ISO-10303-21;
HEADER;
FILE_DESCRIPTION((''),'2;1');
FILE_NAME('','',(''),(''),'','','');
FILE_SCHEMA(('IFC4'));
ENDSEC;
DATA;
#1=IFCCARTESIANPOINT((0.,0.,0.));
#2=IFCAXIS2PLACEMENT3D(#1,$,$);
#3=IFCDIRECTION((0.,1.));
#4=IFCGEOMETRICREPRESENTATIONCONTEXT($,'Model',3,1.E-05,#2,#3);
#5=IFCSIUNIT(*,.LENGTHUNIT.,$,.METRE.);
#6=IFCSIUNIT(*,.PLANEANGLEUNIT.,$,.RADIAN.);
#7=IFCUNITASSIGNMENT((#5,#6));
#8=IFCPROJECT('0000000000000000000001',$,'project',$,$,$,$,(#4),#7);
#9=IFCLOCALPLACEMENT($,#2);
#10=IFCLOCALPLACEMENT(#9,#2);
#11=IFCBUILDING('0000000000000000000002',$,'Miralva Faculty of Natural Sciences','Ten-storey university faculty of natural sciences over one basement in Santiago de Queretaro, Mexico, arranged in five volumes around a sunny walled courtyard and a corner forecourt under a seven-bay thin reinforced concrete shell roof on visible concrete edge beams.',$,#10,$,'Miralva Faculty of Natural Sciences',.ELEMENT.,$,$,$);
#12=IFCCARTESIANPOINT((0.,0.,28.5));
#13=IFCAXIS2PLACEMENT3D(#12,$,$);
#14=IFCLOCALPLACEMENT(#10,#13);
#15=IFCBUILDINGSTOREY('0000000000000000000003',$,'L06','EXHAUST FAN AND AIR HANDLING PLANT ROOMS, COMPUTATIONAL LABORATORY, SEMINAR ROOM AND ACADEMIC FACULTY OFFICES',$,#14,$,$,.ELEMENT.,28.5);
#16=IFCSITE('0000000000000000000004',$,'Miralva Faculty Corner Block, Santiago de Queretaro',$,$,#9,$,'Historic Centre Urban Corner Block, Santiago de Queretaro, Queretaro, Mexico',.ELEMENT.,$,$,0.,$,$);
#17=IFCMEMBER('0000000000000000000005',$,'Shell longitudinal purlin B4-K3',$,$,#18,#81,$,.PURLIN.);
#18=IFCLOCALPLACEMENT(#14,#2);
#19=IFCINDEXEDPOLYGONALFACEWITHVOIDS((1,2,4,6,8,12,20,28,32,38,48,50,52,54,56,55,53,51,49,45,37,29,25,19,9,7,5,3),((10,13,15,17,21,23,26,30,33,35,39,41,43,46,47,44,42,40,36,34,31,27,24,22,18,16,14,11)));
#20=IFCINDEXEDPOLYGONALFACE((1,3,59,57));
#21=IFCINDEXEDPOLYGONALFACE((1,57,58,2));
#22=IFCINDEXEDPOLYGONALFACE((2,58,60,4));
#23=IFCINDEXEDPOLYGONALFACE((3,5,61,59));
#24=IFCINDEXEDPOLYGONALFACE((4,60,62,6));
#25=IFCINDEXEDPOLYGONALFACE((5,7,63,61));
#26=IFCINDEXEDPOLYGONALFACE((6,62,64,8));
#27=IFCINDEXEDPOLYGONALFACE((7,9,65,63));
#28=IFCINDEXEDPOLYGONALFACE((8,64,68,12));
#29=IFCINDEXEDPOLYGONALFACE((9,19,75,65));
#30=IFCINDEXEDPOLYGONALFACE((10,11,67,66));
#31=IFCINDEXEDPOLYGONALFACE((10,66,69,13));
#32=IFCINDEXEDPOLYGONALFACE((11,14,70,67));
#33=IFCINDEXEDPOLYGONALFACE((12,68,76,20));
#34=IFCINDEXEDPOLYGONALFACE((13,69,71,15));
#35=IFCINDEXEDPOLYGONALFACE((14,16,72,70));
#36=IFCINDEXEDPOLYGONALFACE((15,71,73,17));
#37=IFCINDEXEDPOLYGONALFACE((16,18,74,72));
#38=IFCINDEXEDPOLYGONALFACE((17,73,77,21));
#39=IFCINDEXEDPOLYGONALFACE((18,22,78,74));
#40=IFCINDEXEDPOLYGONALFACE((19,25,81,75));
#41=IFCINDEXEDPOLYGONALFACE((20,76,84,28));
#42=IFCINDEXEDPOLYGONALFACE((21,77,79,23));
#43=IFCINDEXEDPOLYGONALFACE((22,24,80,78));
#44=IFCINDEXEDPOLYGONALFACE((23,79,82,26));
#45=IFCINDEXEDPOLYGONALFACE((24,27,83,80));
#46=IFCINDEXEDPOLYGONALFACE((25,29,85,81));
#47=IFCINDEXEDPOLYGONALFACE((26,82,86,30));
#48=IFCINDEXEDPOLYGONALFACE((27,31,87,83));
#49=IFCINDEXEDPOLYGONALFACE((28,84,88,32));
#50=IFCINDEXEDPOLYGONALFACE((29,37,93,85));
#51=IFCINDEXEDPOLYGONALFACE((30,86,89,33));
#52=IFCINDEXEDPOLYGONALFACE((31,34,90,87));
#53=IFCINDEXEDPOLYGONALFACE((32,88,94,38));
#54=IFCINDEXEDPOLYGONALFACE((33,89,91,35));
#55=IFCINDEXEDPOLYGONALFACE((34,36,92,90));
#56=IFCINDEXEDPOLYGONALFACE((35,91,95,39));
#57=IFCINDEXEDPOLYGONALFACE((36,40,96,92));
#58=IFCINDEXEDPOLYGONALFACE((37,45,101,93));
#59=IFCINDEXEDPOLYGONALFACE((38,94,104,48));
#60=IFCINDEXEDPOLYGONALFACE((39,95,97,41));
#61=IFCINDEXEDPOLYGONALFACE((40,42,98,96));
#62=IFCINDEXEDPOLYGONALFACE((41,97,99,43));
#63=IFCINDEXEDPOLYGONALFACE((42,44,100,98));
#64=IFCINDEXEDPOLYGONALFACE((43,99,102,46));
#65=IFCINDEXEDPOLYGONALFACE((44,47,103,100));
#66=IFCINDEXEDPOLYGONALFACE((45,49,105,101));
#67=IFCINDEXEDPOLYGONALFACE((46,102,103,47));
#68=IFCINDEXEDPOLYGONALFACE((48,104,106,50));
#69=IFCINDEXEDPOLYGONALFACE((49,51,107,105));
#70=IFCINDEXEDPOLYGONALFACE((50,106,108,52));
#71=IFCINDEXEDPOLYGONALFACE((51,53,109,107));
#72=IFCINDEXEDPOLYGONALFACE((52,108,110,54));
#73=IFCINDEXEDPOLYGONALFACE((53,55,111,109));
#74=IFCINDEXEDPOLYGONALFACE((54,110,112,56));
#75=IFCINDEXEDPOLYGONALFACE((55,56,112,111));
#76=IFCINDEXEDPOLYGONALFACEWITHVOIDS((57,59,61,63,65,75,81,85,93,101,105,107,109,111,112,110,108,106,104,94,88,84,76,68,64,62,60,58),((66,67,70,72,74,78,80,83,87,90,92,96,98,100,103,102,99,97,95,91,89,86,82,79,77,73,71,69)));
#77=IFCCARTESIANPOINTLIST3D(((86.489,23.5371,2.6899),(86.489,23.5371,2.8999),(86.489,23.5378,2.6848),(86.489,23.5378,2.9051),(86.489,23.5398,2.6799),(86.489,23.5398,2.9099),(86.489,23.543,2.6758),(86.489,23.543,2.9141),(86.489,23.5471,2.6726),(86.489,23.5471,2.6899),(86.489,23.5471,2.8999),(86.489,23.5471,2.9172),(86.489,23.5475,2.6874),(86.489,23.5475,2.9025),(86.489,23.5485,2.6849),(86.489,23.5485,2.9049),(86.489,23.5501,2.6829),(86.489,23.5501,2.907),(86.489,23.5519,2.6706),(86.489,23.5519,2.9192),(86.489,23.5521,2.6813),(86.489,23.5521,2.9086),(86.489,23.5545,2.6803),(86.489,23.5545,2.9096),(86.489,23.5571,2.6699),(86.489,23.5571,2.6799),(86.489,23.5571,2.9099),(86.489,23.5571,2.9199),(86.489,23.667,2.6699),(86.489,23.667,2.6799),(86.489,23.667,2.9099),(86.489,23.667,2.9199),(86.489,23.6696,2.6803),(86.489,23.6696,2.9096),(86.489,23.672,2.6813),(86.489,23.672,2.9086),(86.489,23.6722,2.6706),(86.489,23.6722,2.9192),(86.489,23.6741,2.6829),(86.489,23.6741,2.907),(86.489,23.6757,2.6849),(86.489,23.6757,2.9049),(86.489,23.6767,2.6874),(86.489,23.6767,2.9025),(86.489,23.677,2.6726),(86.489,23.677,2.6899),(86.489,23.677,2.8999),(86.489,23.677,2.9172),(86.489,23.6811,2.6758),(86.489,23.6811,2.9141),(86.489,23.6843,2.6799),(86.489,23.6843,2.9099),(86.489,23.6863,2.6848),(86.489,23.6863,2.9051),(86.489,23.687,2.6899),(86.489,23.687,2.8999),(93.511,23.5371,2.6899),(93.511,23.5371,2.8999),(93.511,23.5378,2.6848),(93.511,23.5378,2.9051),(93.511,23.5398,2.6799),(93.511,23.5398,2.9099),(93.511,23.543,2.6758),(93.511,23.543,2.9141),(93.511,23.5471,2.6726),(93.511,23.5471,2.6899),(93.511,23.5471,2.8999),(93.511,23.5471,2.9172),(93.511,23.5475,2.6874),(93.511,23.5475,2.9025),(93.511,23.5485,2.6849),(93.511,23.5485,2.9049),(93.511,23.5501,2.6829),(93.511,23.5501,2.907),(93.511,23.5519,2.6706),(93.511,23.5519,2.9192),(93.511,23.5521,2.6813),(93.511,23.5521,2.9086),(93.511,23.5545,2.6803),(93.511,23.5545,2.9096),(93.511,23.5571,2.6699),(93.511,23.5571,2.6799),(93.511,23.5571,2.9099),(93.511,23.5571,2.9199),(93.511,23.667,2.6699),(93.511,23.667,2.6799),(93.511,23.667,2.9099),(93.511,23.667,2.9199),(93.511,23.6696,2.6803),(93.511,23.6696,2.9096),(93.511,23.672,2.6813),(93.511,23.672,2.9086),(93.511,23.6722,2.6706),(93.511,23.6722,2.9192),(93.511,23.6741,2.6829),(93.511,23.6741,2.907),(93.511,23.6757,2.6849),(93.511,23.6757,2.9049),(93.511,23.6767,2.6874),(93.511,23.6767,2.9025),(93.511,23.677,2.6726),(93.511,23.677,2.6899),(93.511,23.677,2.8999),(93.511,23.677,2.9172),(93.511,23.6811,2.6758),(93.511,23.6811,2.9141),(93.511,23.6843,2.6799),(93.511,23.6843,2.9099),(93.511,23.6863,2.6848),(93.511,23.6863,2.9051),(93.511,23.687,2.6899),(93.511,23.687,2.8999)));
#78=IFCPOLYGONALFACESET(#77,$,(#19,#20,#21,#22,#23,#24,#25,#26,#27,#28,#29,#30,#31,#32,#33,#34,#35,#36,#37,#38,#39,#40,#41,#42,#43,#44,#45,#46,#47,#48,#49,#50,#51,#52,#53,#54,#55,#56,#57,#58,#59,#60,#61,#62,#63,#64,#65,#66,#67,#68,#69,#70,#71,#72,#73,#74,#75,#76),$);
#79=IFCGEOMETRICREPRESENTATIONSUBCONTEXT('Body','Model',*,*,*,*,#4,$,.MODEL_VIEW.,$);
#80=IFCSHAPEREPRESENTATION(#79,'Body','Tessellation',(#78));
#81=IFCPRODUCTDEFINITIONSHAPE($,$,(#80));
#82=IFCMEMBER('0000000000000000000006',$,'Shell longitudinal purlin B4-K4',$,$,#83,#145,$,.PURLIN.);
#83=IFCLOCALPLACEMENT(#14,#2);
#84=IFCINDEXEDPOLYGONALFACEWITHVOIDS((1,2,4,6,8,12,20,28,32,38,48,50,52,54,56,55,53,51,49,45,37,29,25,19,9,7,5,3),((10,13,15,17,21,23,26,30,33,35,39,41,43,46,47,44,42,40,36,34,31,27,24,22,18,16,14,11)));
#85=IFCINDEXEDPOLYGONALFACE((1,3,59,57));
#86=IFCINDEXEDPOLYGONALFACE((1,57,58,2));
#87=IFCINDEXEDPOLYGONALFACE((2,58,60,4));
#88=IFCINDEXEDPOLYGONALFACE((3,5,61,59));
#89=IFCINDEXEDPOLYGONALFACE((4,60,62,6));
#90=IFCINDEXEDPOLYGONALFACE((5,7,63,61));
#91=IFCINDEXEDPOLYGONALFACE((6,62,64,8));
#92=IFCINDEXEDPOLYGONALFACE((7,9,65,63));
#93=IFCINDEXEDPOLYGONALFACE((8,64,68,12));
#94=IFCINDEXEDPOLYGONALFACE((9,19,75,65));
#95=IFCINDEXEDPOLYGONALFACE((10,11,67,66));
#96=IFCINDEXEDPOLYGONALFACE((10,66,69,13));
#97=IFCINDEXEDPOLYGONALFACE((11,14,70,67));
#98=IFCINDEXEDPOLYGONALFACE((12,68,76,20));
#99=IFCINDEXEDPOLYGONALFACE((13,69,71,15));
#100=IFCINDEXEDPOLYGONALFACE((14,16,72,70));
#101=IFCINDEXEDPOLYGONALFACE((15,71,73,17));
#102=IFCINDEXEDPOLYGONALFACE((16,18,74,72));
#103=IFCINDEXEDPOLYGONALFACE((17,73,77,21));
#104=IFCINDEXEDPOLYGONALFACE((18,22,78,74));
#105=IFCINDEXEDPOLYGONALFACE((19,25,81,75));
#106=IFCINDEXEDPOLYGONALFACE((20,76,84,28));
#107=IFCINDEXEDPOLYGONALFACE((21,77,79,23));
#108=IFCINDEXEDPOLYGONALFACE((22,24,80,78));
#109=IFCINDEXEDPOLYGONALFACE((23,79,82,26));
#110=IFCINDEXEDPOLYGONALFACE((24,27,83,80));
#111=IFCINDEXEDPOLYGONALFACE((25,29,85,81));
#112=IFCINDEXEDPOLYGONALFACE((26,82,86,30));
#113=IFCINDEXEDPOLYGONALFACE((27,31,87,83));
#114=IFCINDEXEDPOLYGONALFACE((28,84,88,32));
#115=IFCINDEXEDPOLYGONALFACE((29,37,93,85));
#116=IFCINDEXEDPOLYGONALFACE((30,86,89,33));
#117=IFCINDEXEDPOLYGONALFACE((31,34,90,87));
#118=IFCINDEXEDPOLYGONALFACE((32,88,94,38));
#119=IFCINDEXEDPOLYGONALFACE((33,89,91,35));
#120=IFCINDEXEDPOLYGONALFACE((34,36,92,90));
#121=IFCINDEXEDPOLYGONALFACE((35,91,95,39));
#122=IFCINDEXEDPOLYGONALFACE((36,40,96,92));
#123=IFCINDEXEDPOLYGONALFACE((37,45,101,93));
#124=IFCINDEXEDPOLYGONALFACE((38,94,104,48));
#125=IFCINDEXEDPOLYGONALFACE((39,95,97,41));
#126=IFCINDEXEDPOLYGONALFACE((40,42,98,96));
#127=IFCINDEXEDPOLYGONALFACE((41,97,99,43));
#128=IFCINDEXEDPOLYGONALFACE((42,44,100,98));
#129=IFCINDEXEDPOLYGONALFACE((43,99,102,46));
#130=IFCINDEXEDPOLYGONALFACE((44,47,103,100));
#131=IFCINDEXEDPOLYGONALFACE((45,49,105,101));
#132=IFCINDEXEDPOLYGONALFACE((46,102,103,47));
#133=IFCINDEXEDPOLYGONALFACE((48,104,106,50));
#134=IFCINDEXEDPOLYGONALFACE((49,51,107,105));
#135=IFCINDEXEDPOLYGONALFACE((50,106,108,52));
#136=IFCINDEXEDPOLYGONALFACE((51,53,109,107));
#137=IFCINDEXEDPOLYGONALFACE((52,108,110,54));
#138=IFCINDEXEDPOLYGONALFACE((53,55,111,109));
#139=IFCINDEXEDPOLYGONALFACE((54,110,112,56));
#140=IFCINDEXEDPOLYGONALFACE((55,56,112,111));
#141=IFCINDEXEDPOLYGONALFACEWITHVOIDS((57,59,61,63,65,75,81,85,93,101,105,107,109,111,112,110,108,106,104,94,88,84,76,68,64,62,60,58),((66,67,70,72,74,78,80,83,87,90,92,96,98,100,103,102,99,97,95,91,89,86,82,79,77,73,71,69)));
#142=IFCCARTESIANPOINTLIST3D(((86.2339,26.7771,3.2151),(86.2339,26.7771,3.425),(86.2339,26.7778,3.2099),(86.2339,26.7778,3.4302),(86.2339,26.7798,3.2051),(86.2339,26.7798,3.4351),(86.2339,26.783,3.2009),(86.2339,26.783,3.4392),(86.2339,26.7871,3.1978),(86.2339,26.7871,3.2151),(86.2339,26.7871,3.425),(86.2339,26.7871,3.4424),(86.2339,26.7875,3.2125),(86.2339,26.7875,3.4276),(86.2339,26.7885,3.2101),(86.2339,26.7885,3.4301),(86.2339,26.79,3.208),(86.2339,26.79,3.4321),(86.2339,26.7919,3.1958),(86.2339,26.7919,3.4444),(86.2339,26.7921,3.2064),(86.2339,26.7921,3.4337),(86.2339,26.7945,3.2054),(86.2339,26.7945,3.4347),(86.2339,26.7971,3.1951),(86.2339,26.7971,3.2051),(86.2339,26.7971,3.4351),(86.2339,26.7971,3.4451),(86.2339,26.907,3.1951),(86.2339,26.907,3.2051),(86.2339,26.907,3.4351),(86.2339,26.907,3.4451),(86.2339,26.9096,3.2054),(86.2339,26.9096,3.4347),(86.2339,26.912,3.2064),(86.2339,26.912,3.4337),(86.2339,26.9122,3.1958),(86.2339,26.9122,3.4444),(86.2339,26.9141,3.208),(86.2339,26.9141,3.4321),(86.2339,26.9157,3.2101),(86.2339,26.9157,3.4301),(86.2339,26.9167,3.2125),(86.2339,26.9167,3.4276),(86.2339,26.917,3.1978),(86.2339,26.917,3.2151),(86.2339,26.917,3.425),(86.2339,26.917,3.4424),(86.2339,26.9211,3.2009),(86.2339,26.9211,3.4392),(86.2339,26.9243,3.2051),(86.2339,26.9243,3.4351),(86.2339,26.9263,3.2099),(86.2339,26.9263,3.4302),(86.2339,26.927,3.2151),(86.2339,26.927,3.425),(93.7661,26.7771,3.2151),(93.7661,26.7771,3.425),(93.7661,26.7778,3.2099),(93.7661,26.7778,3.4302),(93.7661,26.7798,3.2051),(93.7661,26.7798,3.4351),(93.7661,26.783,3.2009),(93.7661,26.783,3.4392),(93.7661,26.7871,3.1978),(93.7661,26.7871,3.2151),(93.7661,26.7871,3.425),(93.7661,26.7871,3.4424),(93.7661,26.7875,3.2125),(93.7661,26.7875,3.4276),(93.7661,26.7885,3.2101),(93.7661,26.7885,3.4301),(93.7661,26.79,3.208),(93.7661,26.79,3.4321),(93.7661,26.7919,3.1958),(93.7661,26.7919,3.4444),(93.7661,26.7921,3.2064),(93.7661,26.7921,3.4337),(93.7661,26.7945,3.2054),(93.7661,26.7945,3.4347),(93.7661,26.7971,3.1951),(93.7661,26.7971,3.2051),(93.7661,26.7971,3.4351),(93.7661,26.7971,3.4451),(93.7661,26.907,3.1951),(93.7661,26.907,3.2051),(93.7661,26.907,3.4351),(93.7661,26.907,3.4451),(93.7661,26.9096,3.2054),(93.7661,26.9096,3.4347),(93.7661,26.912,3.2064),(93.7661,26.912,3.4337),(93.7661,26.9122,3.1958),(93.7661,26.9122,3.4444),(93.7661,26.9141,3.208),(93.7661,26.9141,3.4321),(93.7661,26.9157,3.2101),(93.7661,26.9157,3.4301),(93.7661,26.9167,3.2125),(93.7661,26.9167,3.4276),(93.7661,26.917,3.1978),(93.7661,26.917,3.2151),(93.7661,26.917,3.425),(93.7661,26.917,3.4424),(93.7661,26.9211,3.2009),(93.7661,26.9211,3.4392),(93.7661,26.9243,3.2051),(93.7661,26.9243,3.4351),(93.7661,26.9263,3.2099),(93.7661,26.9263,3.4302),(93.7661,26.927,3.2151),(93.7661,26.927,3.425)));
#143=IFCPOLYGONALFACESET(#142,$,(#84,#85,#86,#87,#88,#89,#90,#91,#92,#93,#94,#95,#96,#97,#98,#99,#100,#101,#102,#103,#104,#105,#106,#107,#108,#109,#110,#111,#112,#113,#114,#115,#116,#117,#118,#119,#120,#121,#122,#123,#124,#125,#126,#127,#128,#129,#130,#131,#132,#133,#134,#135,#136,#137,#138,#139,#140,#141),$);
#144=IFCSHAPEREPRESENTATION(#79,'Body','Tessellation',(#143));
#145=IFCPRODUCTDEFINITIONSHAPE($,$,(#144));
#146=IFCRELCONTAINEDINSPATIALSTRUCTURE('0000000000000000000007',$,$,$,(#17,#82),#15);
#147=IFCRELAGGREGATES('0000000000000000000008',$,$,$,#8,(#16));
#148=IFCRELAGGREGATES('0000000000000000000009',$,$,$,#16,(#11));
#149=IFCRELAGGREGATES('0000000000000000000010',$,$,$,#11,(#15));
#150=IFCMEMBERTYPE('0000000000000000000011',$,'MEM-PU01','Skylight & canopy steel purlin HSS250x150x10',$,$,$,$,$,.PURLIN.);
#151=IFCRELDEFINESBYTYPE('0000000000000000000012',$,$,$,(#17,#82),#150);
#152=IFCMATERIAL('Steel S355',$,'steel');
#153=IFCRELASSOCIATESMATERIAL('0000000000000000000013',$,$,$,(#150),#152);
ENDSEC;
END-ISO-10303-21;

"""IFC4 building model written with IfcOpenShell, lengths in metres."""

from ifc_helpers import new_model, si_unit, direction, frame, origin, origin_2d, place, context, subcontext, project, spatial, hollow_rectangle, extrude, material, material_profile, profile_set, type_object, element, save


model = new_model("IFC4")

# Units and contexts
model_context = context("Model", 3, precision=1e-05, world=origin(), true_north=direction((0.0, 1.0)))
body_context = subcontext(model_context, "Body", "Model", "MODEL_VIEW")
ifc_project = project(units=[si_unit("LENGTHUNIT", "METRE"), si_unit("PLANEANGLEUNIT", "RADIAN")], contexts=[model_context])

# Site, building, storey
site_placement = place(None, origin())
site = spatial("IfcSite", under=ifc_project, at=site_placement, Name="Miralva Faculty Corner Block, Santiago de Queretaro", LongName="Historic Centre Urban Corner Block, Santiago de Queretaro, Queretaro, Mexico", CompositionType="ELEMENT", RefElevation=0.0)
building_placement = place(site_placement, origin())
building = spatial("IfcBuilding", under=site, at=building_placement, Name="Miralva Faculty of Natural Sciences", Description="Ten-storey university faculty of natural sciences over one basement in Santiago de Queretaro, Mexico, arranged in five volumes around a sunny walled courtyard and a corner forecourt under a seven-bay thin reinforced concrete shell roof on visible concrete edge beams.", LongName="Miralva Faculty of Natural Sciences", CompositionType="ELEMENT")
storey_placement = place(building_placement, frame((0.0, 0.0, 28.5)))
storey = spatial("IfcBuildingStorey", under=building, at=storey_placement, Name="L06", Description="EXHAUST FAN AND AIR HANDLING PLANT ROOMS, COMPUTATIONAL LABORATORY, SEMINAR ROOM AND ACADEMIC FACULTY OFFICES", CompositionType="ELEMENT", Elevation=28.5)

# Members
ifc_material_1 = material(Name="Steel S355", Category="steel")
ifc_material_profile_1 = material_profile(ifc_material_1, hollow_rectangle(XDim=0.1499, YDim=0.25, WallThickness=0.01, InnerFilletRadius=0.01, OuterFilletRadius=0.02, at=origin_2d()), Name="HSS 250x150x10")
ifc_profile_set_1 = profile_set([ifc_material_profile_1], Name="Steel S355")
member_type = type_object("IfcMemberType", Name="MEM-PU01", Description="Skylight & canopy steel purlin HSS250x150x10", PredefinedType="PURLIN", material=ifc_profile_set_1)
member_1_placement = place(storey_placement, frame((86.489, 23.6121, 2.7949), z_axis=(1.0, 0.0, 0.0), x_axis=(0.0, 1.0, 0.0)))
element("IfcMember", 1, at=member_1_placement, inside=storey, type_object=member_type, Name="Shell longitudinal purlin B4-K3", PredefinedType="PURLIN", context=body_context, shape_type="SweptSolid", body=[
    extrude(hollow_rectangle(XDim=0.1499, YDim=0.25, WallThickness=0.01, InnerFilletRadius=0.01, OuterFilletRadius=0.02, at=origin_2d()), origin(), (0.0, 0.0, 1.0), 7.022),
])
member_2_placement = place(storey_placement, frame((86.2339, 26.8521, 3.3201), z_axis=(1.0, 0.0, 0.0), x_axis=(0.0, 1.0, 0.0)))
element("IfcMember", 2, at=member_2_placement, inside=storey, type_object=member_type, Name="Shell longitudinal purlin B4-K4", PredefinedType="PURLIN", context=body_context, shape_type="SweptSolid", body=[
    extrude(hollow_rectangle(XDim=0.1499, YDim=0.25, WallThickness=0.01, InnerFilletRadius=0.01, OuterFilletRadius=0.02, at=origin_2d()), origin(), (0.0, 0.0, 1.0), 7.5322),
])

save(model, "model.ifc")
